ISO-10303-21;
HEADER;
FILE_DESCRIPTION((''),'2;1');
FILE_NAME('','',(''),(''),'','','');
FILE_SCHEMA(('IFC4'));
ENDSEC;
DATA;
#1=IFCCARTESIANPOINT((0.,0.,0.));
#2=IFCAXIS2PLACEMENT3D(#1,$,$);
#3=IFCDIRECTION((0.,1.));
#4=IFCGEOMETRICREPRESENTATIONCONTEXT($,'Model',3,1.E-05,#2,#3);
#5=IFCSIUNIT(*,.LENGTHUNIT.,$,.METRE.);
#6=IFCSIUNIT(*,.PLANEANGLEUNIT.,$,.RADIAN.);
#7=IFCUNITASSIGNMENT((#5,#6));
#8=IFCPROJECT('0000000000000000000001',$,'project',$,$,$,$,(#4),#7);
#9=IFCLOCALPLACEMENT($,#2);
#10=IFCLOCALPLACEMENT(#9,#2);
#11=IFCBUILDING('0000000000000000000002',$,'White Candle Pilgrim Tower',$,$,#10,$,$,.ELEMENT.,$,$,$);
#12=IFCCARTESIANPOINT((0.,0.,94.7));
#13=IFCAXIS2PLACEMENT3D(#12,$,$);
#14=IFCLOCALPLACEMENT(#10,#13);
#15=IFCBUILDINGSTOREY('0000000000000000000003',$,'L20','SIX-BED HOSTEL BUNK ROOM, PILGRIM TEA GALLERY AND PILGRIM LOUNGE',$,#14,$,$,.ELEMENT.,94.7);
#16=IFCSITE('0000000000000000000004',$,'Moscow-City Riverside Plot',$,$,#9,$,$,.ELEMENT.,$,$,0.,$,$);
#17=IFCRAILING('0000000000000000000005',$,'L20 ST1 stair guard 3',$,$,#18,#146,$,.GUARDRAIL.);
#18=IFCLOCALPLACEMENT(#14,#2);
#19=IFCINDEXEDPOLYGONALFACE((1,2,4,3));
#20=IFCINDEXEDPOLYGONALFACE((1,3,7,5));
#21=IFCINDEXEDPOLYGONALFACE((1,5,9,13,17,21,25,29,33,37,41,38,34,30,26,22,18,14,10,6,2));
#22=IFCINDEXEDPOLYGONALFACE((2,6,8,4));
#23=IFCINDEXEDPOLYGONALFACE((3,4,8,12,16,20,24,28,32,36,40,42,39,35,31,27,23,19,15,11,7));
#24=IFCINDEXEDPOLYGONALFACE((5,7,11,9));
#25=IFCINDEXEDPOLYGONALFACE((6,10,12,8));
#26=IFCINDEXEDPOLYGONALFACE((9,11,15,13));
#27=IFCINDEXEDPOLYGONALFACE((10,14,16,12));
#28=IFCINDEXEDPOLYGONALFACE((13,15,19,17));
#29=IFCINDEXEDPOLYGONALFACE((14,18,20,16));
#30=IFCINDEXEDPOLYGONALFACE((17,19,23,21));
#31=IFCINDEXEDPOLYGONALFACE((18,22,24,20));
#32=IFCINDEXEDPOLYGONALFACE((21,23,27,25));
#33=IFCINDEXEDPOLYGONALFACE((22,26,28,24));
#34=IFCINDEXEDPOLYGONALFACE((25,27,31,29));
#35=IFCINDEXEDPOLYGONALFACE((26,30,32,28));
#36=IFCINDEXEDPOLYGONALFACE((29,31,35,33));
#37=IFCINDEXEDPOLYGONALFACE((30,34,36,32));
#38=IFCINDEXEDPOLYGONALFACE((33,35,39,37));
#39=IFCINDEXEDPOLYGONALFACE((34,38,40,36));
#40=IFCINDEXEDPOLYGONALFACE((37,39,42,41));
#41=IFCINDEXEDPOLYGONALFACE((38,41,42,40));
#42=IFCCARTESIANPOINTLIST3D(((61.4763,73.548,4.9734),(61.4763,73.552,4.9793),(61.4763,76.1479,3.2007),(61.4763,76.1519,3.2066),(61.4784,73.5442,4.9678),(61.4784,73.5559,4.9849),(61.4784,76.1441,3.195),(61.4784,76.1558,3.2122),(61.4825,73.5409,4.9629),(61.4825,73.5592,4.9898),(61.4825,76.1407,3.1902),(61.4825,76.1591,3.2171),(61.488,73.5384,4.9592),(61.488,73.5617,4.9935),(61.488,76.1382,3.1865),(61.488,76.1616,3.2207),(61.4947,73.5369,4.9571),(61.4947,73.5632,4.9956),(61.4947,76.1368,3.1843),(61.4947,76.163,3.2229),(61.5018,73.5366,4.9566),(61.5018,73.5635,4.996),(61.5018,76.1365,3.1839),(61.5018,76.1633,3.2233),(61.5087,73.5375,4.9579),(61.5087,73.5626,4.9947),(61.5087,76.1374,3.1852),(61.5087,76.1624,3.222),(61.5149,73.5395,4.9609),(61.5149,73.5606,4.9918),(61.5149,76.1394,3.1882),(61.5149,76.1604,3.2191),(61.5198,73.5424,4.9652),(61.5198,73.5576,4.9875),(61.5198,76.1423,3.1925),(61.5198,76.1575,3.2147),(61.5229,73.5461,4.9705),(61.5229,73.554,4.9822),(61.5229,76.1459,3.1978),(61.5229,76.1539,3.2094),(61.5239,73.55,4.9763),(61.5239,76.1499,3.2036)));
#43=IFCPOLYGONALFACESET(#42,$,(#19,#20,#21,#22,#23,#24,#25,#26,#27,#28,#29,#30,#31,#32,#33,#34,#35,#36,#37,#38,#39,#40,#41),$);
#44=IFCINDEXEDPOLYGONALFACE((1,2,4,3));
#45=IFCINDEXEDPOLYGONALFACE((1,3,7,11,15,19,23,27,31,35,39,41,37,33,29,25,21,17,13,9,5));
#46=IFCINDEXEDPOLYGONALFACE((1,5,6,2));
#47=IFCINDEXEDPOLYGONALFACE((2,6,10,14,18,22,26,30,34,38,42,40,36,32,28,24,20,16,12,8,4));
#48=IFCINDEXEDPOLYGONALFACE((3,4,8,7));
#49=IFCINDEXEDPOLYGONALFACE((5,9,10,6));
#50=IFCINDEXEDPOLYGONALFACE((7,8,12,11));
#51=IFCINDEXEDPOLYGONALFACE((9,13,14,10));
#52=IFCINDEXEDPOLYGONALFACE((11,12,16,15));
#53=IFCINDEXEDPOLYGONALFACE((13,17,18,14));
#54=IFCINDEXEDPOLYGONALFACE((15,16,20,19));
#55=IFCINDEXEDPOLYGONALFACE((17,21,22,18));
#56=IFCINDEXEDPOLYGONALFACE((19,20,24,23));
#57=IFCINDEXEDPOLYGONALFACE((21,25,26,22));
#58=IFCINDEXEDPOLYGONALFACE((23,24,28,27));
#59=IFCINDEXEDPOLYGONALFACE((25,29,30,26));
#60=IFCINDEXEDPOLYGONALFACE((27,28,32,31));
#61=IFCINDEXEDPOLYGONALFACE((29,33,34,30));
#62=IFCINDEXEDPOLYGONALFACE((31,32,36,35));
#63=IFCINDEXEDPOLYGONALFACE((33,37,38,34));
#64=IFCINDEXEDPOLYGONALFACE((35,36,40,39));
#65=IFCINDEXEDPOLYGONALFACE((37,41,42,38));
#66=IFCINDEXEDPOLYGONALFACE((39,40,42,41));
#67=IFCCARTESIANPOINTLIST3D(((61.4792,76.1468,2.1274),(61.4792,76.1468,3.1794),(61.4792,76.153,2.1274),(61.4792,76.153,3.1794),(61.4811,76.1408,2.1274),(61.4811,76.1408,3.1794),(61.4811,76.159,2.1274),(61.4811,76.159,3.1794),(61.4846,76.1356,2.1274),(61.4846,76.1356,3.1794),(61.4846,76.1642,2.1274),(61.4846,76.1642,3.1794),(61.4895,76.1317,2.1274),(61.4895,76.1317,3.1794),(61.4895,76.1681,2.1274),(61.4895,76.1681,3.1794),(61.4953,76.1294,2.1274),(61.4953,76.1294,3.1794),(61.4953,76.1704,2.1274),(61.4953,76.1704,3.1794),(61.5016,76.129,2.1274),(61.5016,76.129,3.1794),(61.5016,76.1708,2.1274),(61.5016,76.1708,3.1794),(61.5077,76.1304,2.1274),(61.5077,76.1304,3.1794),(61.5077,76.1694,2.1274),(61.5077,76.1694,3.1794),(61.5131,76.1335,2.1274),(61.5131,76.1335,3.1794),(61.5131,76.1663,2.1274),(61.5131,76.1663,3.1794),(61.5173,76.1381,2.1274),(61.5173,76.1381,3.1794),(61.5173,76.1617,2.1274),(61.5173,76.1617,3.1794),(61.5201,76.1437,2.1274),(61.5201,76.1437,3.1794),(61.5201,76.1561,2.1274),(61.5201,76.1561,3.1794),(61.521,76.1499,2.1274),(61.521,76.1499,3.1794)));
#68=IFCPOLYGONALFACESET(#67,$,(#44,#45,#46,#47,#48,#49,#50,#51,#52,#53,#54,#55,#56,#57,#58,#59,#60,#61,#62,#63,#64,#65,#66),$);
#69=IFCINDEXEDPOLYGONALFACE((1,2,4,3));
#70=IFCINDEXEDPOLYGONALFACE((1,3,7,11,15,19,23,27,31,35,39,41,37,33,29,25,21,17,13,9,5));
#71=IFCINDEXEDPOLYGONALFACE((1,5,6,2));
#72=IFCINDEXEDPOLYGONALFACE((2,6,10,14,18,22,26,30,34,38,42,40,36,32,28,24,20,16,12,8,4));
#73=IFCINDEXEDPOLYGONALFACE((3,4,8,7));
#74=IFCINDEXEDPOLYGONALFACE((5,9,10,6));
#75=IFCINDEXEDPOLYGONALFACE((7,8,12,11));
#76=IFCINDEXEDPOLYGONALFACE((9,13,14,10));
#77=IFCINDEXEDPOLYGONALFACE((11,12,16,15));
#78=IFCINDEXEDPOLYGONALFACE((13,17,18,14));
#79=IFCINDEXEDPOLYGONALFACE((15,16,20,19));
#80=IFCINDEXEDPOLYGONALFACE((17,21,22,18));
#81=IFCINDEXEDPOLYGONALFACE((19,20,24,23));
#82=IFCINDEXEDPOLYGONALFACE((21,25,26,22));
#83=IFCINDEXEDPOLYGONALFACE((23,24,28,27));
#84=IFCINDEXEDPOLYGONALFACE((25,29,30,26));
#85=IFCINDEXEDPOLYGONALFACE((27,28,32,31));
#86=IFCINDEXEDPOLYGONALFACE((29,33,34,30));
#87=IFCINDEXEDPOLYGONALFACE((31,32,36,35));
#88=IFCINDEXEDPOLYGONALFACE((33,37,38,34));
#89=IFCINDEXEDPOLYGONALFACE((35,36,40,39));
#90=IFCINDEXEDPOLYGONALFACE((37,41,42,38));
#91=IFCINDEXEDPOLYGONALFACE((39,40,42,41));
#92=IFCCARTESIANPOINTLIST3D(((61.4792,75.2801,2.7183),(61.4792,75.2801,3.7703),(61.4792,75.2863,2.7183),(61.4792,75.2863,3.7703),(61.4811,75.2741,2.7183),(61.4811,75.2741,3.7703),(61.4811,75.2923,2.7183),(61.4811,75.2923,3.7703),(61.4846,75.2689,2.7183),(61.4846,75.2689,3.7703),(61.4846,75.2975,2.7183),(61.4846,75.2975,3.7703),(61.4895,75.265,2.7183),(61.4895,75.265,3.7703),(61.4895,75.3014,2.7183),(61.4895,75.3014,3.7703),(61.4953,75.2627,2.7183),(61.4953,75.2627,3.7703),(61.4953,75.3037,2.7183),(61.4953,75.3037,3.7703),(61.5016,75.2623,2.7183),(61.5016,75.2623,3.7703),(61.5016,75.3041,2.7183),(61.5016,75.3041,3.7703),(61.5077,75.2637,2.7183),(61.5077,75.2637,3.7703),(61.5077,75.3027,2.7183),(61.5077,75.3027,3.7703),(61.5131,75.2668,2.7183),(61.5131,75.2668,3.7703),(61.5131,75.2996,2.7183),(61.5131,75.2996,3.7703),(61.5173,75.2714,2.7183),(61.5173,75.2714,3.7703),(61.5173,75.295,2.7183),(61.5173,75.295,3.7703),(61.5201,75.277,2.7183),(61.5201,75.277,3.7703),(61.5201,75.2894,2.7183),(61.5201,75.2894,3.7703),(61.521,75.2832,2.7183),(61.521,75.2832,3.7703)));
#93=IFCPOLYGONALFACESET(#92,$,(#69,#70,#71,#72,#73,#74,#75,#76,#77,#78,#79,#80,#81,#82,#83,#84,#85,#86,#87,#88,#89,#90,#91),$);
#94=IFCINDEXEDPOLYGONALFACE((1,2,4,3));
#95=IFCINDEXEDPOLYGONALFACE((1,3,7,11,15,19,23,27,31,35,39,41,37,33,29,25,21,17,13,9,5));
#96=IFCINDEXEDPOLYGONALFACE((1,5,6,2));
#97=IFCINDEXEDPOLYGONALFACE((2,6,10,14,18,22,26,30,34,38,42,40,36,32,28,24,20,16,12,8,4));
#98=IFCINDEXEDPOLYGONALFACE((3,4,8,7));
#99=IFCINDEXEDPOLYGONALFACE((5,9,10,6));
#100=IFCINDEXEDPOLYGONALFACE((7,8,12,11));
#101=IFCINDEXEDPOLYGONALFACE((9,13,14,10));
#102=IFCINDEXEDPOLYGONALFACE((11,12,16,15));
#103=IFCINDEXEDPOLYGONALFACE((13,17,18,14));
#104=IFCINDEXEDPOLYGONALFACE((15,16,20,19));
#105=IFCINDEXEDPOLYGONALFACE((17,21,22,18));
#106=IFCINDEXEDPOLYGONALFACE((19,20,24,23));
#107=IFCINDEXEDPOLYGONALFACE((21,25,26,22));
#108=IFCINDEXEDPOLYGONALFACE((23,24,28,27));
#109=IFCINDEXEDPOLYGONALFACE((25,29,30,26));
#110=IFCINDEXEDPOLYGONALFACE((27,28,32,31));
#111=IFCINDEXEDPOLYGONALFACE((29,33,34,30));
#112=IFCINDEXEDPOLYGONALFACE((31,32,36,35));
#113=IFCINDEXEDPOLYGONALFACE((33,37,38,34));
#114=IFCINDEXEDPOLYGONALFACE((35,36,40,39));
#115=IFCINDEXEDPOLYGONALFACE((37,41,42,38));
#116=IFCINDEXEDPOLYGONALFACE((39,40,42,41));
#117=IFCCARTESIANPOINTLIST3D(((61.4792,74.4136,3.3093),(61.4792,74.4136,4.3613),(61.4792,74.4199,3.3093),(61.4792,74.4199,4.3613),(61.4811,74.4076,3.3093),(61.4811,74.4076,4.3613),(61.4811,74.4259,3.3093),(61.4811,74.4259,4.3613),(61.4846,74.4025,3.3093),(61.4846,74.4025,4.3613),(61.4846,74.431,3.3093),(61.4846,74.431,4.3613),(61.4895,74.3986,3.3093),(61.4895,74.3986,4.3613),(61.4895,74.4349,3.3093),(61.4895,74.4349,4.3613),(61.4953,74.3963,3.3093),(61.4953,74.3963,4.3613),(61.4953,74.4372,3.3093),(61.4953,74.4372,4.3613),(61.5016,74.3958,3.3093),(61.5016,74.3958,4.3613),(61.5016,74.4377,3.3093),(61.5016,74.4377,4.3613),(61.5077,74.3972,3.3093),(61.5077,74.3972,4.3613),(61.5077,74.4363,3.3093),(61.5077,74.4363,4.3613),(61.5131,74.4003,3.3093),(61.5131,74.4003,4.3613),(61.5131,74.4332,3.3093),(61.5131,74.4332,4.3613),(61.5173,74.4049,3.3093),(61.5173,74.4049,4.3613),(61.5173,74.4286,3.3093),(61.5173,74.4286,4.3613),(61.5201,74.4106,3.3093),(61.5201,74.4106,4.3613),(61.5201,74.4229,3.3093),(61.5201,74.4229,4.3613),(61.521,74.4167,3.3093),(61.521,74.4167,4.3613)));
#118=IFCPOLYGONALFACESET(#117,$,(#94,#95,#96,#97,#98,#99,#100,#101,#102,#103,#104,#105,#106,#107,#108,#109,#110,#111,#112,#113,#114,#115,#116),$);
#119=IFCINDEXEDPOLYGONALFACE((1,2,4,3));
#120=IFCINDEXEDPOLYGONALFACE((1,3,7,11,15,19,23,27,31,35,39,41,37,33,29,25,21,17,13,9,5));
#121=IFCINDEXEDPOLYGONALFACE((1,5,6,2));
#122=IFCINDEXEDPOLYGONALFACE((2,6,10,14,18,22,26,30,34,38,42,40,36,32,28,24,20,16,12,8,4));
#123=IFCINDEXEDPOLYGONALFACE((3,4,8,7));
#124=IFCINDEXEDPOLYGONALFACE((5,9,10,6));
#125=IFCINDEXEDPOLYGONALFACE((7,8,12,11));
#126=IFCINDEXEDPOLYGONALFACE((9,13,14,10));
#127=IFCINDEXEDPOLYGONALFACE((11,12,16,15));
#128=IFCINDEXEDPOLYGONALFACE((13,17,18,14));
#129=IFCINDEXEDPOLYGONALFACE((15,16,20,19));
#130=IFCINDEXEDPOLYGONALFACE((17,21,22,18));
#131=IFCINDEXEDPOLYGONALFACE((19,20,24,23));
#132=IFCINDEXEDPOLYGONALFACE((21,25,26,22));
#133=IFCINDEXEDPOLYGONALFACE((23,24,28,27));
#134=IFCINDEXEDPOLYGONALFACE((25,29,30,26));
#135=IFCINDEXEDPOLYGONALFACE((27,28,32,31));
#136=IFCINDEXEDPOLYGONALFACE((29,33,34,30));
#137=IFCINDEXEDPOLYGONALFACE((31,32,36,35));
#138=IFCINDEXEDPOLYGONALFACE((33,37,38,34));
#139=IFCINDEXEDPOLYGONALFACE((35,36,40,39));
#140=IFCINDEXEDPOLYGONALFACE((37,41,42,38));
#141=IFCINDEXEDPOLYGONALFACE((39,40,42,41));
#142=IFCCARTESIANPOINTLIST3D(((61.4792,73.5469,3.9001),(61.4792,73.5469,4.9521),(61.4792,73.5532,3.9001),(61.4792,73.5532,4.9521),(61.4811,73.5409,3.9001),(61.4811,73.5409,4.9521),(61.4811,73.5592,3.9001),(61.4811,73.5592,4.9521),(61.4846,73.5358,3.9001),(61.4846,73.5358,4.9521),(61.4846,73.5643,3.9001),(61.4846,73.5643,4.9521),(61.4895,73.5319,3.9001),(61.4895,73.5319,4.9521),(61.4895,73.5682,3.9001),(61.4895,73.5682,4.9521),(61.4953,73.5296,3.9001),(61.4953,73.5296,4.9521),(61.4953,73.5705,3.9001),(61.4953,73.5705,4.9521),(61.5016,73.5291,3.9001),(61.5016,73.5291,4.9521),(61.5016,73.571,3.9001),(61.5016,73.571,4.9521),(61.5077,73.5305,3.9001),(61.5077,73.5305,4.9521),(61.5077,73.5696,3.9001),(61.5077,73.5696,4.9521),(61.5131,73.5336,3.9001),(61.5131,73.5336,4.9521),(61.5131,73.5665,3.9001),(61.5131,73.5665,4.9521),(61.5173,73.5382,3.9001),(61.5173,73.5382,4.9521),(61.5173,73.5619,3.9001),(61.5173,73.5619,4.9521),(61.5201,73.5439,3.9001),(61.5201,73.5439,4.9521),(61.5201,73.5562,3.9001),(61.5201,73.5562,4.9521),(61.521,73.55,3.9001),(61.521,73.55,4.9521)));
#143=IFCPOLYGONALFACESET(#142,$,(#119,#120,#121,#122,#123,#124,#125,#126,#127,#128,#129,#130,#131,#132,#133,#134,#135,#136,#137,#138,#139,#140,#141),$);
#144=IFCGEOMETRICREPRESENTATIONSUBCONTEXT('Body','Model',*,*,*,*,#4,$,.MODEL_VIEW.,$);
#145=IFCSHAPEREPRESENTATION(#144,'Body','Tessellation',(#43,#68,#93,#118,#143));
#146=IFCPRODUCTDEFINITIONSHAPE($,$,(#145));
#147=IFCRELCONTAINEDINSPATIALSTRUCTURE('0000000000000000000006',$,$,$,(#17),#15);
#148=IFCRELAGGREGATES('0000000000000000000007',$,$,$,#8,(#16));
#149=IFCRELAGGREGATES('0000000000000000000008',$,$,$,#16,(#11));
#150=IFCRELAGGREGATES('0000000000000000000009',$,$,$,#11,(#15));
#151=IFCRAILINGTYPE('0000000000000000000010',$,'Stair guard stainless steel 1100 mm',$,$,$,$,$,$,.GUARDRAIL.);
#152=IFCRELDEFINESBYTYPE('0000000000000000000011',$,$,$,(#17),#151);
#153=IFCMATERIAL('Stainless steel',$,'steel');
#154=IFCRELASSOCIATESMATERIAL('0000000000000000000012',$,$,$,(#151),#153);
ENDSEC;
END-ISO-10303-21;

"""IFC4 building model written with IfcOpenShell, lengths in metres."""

from ifc_helpers import new_model, si_unit, direction, frame, origin, origin_2d, place, context, subcontext, project, spatial, circle, extrude, material, type_object, element, save


model = new_model("IFC4")

# Units and contexts
model_context = context("Model", 3, precision=1e-05, world=origin(), true_north=direction((0.0, 1.0)))
body_context = subcontext(model_context, "Body", "Model", "MODEL_VIEW")
ifc_project = project(units=[si_unit("LENGTHUNIT", "METRE"), si_unit("PLANEANGLEUNIT", "RADIAN")], contexts=[model_context])

# Site, building, storey
site_placement = place(None, origin())
site = spatial("IfcSite", under=ifc_project, at=site_placement, Name="Moscow-City Riverside Plot", CompositionType="ELEMENT", RefElevation=0.0)
building_placement = place(site_placement, origin())
building = spatial("IfcBuilding", under=site, at=building_placement, Name="White Candle Pilgrim Tower", CompositionType="ELEMENT")
storey_placement = place(building_placement, frame((0.0, 0.0, 94.7)))
storey = spatial("IfcBuildingStorey", under=building, at=storey_placement, Name="L20", Description="SIX-BED HOSTEL BUNK ROOM, PILGRIM TEA GALLERY AND PILGRIM LOUNGE", CompositionType="ELEMENT", Elevation=94.7)

# Railing
ifc_material_1 = material(Name="Stainless steel", Category="steel")
railing_type_1 = type_object("IfcRailingType", Name="Stair guard stainless steel 1100 mm", PredefinedType="GUARDRAIL", material=ifc_material_1)
railing_1_placement = place(storey_placement, frame((61.5, 76.1499, 2.1274)))
element("IfcRailing", 1, at=railing_1_placement, inside=storey, type_object=railing_type_1, Name="L20 ST1 stair guard 3", PredefinedType="GUARDRAIL", context=body_context, shape_type="SweptSolid", body=[
    extrude(circle(Radius=0.0239, at=origin_2d()), frame((0.0, 0.0, 1.0762), z_axis=(0.0, -0.826216, 0.563354), x_axis=(1.0, 0.0, 0.0)), (0.0, 0.0, 1.0), 3.1467),
    extrude(circle(Radius=0.021, at=origin_2d()), origin(), (0.0, 0.0, 1.0), 1.052),
    extrude(circle(Radius=0.021, at=origin_2d()), frame((0.0, -0.8667, 0.5908)), (0.0, 0.0, 1.0), 1.052),
    extrude(circle(Radius=0.021, at=origin_2d()), frame((0.0, -1.7332, 1.1819)), (0.0, 0.0, 1.0), 1.052),
    extrude(circle(Radius=0.021, at=origin_2d()), frame((0.0, -2.5999, 1.7727)), (0.0, 0.0, 1.0), 1.052),
])

save(model, "model.ifc")
